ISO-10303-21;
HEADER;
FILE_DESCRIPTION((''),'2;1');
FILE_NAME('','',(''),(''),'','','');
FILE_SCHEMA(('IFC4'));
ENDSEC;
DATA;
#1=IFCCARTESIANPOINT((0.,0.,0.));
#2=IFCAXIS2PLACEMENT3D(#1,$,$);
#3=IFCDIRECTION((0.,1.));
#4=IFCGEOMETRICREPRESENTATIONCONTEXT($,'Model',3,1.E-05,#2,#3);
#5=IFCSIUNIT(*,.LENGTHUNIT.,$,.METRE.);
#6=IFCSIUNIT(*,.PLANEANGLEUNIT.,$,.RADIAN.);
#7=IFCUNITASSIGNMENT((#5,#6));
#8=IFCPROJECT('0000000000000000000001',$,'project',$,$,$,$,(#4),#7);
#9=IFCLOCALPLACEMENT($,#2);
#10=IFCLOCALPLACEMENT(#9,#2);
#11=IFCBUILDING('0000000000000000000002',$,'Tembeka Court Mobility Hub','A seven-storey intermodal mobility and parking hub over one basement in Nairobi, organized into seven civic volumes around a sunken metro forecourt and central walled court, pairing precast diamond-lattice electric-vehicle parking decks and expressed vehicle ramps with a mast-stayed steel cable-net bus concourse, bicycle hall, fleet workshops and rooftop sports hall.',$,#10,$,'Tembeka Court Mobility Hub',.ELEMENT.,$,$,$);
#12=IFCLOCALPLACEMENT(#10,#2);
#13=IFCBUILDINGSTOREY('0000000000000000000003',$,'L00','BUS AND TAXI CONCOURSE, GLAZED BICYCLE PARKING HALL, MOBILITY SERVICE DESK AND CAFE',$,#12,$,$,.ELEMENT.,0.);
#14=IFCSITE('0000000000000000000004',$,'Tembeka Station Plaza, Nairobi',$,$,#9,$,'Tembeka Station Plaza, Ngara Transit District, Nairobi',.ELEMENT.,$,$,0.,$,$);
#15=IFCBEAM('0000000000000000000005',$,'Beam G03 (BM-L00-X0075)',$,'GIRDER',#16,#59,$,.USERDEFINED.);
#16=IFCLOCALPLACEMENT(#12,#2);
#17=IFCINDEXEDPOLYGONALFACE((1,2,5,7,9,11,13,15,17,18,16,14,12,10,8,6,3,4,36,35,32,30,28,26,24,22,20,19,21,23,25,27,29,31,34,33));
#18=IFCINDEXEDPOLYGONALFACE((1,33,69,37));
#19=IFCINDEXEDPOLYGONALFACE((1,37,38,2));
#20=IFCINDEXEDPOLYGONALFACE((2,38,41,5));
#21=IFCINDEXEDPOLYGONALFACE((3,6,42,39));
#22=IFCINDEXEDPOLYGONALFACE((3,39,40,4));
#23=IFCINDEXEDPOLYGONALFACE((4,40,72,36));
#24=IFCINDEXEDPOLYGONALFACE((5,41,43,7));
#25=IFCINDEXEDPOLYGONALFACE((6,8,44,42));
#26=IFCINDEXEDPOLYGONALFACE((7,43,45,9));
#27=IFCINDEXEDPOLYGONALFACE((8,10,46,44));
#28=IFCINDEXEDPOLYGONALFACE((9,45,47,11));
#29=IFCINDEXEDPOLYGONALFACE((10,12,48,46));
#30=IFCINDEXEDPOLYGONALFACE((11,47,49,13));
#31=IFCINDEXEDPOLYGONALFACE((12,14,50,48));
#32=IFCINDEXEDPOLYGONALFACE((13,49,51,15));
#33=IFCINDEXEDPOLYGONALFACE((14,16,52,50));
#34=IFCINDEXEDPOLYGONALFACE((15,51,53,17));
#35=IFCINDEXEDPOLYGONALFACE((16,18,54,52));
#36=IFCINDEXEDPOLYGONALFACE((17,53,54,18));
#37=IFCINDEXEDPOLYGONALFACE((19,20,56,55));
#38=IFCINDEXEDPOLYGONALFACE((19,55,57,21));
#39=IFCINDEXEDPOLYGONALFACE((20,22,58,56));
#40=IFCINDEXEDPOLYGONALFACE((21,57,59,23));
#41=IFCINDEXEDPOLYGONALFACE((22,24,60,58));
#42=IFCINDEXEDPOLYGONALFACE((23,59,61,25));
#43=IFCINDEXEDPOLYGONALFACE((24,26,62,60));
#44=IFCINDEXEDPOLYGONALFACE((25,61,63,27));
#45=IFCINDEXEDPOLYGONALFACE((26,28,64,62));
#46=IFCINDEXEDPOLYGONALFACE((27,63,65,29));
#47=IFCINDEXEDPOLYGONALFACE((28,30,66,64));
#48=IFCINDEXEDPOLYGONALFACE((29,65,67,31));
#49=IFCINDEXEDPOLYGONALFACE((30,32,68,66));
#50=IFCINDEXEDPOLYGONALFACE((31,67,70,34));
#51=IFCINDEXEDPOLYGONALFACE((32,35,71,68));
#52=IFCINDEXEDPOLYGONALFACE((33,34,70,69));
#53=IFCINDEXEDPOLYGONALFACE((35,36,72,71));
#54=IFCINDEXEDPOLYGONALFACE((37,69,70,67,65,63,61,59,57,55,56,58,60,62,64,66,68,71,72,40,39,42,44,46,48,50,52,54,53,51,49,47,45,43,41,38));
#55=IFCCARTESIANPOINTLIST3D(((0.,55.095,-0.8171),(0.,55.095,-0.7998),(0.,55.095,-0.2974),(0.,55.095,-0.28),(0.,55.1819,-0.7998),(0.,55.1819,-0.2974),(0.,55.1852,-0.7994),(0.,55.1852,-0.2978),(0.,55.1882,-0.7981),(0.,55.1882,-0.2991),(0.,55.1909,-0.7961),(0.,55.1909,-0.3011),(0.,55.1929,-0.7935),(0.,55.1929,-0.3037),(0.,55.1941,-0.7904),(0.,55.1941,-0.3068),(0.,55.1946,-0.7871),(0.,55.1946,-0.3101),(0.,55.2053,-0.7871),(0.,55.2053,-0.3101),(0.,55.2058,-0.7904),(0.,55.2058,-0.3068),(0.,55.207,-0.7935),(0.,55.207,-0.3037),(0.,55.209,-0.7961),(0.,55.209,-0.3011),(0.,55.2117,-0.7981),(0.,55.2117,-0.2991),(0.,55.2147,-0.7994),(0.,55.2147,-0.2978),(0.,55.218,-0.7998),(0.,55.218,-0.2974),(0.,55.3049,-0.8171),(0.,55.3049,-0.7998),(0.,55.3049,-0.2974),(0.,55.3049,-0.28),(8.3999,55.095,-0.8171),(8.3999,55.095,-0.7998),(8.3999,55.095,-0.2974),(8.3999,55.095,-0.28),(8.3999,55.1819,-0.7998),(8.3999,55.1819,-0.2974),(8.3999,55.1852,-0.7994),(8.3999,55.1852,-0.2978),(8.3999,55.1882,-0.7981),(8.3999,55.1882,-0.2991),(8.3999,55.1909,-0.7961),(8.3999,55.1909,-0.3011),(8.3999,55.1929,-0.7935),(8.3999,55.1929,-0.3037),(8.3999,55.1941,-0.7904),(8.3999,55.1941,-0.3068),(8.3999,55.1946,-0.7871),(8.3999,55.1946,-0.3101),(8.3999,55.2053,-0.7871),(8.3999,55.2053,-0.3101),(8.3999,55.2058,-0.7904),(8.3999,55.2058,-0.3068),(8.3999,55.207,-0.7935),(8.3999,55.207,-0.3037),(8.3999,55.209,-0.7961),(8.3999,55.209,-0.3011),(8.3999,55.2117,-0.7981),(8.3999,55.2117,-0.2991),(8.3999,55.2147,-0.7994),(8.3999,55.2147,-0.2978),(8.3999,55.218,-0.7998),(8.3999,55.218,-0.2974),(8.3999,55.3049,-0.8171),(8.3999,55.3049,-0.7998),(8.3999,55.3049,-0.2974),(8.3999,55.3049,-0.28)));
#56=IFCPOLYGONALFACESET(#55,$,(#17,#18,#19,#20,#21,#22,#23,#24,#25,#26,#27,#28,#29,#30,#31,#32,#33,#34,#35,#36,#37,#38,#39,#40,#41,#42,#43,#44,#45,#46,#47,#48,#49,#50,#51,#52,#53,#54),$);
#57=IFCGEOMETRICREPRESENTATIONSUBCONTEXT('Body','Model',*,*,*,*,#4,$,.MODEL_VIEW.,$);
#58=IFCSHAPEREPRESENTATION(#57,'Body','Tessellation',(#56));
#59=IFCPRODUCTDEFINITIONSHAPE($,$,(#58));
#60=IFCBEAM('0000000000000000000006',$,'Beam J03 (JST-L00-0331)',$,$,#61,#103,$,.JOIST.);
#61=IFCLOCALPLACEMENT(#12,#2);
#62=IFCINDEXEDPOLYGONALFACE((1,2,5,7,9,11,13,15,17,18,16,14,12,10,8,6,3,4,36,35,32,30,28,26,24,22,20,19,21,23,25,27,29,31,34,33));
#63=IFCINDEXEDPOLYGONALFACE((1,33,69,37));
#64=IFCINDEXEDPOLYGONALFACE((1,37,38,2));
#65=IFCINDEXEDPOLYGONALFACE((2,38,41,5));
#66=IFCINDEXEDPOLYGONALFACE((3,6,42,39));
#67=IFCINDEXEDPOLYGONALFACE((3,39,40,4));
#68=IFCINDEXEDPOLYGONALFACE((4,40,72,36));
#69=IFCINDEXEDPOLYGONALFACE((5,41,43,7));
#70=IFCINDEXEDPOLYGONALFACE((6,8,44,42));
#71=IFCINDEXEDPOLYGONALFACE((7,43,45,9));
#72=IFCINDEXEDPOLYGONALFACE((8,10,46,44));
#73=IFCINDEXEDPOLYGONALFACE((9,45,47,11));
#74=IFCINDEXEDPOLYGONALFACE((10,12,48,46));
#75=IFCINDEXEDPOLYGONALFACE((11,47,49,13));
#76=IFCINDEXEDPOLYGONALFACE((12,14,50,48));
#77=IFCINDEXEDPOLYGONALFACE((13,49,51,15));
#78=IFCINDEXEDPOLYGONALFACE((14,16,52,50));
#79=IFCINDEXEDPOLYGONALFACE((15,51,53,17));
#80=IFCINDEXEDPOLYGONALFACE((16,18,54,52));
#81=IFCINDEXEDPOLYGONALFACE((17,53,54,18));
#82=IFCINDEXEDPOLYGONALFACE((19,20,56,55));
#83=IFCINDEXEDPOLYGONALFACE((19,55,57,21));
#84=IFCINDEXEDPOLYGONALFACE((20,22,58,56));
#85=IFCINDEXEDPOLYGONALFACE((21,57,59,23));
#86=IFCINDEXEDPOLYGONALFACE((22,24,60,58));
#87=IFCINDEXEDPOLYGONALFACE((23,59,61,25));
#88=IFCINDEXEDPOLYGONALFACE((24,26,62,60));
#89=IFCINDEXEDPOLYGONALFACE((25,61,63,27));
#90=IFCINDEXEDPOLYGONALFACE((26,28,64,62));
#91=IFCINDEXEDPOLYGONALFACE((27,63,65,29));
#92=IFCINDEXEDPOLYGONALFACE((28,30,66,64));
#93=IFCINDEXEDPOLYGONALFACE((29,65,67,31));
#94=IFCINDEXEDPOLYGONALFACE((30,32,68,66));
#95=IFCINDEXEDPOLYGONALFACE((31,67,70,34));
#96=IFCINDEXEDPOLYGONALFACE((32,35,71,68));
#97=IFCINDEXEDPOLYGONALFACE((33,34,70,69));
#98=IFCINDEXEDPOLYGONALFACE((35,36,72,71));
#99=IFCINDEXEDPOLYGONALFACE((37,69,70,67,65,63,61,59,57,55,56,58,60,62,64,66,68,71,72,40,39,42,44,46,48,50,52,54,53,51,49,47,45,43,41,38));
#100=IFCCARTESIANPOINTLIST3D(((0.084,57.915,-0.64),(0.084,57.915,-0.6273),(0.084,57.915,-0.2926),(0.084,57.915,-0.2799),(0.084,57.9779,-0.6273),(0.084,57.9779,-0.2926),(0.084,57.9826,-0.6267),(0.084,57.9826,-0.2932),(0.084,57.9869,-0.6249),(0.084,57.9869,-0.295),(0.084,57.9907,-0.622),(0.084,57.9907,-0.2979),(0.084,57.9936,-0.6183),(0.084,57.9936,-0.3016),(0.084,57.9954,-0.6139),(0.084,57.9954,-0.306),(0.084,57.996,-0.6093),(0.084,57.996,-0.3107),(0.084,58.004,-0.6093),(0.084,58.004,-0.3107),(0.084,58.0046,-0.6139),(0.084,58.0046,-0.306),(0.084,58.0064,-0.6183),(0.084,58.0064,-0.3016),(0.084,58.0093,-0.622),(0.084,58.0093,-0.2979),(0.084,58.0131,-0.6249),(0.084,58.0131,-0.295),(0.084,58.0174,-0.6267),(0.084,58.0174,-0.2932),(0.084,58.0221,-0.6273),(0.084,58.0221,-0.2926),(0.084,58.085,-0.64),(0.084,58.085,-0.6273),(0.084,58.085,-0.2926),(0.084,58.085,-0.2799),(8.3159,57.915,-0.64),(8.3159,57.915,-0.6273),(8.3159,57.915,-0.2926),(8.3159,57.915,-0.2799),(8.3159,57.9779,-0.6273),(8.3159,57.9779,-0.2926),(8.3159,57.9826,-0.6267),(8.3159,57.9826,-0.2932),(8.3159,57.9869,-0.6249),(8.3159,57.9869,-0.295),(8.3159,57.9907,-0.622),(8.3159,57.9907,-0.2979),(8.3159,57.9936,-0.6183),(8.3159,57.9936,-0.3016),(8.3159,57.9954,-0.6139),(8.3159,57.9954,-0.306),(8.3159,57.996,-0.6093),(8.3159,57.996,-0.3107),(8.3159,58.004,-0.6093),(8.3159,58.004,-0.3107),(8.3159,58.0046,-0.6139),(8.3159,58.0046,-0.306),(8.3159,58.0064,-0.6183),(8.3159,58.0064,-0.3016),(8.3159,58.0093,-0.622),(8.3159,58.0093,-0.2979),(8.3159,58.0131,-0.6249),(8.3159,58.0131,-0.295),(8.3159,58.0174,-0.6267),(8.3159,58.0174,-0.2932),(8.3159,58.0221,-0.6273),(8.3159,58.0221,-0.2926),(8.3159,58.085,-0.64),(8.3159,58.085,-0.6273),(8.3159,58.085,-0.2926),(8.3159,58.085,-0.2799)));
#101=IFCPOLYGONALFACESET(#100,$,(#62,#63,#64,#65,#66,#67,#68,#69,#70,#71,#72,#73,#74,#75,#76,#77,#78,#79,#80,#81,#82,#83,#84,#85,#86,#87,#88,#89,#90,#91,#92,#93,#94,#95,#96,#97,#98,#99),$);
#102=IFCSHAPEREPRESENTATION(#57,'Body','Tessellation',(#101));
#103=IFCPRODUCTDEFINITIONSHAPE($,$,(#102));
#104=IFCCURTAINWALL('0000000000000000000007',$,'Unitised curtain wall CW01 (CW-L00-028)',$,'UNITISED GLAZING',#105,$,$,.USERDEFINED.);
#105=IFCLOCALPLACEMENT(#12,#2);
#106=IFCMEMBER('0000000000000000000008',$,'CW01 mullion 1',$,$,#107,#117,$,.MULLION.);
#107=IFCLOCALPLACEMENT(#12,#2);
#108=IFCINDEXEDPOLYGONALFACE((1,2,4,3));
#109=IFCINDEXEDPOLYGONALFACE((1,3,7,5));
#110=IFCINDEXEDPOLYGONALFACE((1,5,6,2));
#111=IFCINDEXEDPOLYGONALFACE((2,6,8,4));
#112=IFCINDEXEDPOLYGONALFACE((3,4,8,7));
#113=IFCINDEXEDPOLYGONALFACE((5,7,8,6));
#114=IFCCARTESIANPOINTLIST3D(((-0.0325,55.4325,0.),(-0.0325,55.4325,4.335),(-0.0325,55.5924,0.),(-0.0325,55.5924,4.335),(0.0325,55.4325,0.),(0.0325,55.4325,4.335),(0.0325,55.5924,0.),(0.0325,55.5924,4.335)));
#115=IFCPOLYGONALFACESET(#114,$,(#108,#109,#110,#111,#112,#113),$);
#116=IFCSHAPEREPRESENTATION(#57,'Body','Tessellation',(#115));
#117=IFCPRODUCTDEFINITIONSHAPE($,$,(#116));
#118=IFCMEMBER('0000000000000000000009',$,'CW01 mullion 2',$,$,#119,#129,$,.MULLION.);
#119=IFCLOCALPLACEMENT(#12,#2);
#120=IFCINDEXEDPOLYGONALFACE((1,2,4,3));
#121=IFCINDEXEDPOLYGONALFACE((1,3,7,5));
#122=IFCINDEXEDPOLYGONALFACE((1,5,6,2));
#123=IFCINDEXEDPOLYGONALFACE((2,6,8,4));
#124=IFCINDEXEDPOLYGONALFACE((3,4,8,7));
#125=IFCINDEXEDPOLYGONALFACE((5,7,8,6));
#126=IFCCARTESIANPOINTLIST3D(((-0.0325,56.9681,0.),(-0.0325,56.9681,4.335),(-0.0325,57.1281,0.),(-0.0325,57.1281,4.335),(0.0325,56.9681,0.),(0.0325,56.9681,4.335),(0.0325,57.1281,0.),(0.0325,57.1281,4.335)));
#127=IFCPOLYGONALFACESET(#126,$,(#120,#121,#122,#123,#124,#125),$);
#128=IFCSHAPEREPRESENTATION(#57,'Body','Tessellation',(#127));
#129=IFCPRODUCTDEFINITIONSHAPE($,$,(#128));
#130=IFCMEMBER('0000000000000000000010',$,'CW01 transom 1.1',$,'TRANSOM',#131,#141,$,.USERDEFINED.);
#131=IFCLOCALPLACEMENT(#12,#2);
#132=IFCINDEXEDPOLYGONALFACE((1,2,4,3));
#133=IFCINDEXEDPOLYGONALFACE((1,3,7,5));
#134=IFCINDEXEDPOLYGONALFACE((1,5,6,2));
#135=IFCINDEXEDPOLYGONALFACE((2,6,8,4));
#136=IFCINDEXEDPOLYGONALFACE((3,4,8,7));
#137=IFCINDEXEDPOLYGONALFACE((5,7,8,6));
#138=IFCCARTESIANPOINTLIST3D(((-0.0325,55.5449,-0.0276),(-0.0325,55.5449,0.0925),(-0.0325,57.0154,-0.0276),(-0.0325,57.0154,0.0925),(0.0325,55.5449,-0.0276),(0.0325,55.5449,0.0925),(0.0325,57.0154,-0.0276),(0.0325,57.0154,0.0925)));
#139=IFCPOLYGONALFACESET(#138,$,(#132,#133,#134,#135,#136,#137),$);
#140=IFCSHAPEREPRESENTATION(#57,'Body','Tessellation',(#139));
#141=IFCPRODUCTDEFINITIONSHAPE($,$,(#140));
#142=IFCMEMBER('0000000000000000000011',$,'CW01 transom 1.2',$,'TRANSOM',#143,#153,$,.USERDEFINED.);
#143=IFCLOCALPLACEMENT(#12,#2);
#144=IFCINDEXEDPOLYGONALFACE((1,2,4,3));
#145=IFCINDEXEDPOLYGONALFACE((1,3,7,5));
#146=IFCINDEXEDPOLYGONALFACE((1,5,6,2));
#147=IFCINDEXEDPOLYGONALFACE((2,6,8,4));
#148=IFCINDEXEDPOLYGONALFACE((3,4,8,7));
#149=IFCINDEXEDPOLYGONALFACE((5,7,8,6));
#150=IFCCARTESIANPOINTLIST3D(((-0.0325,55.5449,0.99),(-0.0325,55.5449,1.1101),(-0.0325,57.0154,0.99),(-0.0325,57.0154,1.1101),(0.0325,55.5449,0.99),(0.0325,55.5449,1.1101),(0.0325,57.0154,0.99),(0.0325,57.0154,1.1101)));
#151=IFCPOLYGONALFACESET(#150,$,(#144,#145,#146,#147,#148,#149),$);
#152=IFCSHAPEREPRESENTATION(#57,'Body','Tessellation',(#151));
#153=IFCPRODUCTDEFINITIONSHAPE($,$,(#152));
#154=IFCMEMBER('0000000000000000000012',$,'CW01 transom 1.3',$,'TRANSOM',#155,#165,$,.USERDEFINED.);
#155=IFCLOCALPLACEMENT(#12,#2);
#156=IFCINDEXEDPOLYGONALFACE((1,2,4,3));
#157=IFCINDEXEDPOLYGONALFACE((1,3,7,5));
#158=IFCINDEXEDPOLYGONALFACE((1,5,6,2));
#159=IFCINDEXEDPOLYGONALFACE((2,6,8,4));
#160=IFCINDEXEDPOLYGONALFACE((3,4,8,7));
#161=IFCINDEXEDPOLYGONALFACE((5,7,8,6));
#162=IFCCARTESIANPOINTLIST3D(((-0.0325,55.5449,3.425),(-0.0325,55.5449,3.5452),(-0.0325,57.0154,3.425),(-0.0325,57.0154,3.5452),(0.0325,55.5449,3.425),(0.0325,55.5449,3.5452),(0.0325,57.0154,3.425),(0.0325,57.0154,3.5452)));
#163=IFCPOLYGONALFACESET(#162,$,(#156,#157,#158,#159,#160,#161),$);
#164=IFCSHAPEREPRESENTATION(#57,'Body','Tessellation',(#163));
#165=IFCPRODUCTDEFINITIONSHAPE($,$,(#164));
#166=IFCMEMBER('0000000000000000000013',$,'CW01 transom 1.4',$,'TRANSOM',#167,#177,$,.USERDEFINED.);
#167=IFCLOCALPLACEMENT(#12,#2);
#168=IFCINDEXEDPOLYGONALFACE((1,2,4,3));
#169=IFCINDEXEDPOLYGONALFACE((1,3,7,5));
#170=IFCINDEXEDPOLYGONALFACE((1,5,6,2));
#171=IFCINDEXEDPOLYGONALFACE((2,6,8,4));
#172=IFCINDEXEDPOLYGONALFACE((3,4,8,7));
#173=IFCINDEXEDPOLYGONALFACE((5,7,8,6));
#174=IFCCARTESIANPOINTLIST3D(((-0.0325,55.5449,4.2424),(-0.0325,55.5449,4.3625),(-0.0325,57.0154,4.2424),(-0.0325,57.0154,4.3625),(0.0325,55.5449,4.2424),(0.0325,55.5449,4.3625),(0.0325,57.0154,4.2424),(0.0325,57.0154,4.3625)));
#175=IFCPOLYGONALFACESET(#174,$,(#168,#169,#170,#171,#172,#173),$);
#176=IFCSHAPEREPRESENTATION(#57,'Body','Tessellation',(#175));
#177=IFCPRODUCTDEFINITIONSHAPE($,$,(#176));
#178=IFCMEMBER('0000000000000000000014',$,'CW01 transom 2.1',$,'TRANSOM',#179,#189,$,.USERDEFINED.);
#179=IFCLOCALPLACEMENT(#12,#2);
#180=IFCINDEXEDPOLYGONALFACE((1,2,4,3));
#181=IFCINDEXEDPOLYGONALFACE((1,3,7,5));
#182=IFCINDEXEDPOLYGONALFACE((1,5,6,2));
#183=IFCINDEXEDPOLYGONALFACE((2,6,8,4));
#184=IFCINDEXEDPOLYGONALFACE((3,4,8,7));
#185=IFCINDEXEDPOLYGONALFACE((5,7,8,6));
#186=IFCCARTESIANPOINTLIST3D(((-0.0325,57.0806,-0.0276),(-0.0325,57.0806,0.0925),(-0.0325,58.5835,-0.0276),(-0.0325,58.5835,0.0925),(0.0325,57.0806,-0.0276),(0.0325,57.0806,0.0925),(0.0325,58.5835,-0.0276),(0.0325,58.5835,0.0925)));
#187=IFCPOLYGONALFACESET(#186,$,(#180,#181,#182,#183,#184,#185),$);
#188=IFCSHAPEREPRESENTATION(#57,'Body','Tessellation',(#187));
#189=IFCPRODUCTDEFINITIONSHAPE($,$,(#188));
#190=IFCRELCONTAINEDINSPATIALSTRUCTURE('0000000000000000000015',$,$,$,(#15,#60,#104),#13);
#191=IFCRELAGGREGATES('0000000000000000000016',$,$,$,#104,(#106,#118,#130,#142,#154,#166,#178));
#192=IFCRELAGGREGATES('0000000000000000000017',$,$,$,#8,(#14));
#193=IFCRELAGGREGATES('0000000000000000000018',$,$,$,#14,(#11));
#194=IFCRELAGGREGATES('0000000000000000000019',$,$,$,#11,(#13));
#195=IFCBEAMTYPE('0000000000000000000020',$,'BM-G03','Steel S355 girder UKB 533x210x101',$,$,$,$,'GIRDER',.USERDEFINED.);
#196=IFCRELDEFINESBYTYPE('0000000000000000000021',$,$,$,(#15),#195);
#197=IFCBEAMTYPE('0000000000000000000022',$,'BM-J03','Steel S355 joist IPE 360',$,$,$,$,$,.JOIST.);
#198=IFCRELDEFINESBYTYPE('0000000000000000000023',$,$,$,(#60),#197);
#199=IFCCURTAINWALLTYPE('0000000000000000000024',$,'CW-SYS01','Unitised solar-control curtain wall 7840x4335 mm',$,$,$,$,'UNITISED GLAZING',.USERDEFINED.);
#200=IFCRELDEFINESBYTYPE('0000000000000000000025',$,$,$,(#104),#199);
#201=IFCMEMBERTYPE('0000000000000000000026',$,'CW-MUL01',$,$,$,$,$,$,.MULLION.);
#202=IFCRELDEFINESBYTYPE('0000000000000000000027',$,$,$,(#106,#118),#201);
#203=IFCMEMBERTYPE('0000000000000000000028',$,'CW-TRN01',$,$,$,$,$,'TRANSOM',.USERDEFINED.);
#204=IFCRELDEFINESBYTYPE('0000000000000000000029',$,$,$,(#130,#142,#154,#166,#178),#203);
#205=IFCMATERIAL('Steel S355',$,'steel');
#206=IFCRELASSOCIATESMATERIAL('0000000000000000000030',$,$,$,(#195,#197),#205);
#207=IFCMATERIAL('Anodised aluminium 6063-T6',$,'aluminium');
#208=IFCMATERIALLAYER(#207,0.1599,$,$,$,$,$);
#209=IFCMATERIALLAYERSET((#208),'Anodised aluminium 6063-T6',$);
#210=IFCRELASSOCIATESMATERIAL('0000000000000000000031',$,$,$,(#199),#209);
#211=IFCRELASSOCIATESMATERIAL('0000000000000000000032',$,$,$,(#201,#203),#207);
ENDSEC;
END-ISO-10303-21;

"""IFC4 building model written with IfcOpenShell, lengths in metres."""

from ifc_helpers import new_model, si_unit, direction, frame, origin, origin_2d, place, context, subcontext, project, spatial, rectangle, i_section, extrude, material, layer, layer_set, material_profile, profile_set, type_object, element, aggregate, save


model = new_model("IFC4")

# Units and contexts
model_context = context("Model", 3, precision=1e-05, world=origin(), true_north=direction((0.0, 1.0)))
body_context = subcontext(model_context, "Body", "Model", "MODEL_VIEW")
ifc_project = project(units=[si_unit("LENGTHUNIT", "METRE"), si_unit("PLANEANGLEUNIT", "RADIAN")], contexts=[model_context])

# Site, building, storey
site_placement = place(None, origin())
site = spatial("IfcSite", under=ifc_project, at=site_placement, Name="Tembeka Station Plaza, Nairobi", LongName="Tembeka Station Plaza, Ngara Transit District, Nairobi", CompositionType="ELEMENT", RefElevation=0.0)
building_placement = place(site_placement, origin())
building = spatial("IfcBuilding", under=site, at=building_placement, Name="Tembeka Court Mobility Hub", Description="A seven-storey intermodal mobility and parking hub over one basement in Nairobi, organized into seven civic volumes around a sunken metro forecourt and central walled court, pairing precast diamond-lattice electric-vehicle parking decks and expressed vehicle ramps with a mast-stayed steel cable-net bus concourse, bicycle hall, fleet workshops and rooftop sports hall.", LongName="Tembeka Court Mobility Hub", CompositionType="ELEMENT")
storey_placement = place(building_placement, origin())
storey = spatial("IfcBuildingStorey", under=building, at=storey_placement, Name="L00", Description="BUS AND TAXI CONCOURSE, GLAZED BICYCLE PARKING HALL, MOBILITY SERVICE DESK AND CAFE", CompositionType="ELEMENT", Elevation=0.0)

# Shared definitions
ifc_material_1 = material(Name="Steel S355", Category="steel")

# Beams
ifc_material_profile_1 = material_profile(ifc_material_1, i_section(OverallWidth=0.21, OverallDepth=0.5371, WebThickness=0.0107, FlangeThickness=0.0173, FilletRadius=0.0127, at=origin_2d()), Name="UKB 533x210x101")
ifc_profile_set_1 = profile_set([ifc_material_profile_1], Name="Steel S355")
beam_type_1 = type_object("IfcBeamType", Name="BM-G03", Description="Steel S355 girder UKB 533x210x101", ElementType="GIRDER", PredefinedType="USERDEFINED", material=ifc_profile_set_1)
beam_1_placement = place(storey_placement, frame((0.0, 55.2, -0.5486), z_axis=(1.0, 0.0, 0.0), x_axis=(0.0, 1.0, 0.0)))
element("IfcBeam", 1, at=beam_1_placement, inside=storey, type_object=beam_type_1, Name="Beam G03 (BM-L00-X0075)", ObjectType="GIRDER", PredefinedType="USERDEFINED", context=body_context, shape_type="SweptSolid", body=[
    extrude(i_section(OverallWidth=0.21, OverallDepth=0.5371, WebThickness=0.0107, FlangeThickness=0.0173, FilletRadius=0.0127, at=origin_2d()), origin(), (0.0, 0.0, 1.0), 8.3999),
])
ifc_material_profile_2 = material_profile(ifc_material_1, i_section(OverallWidth=0.1699, OverallDepth=0.3601, WebThickness=0.0081, FlangeThickness=0.0127, FilletRadius=0.0181, at=origin_2d()), Name="IPE 360")
ifc_profile_set_2 = profile_set([ifc_material_profile_2], Name="Steel S355")
beam_type_2 = type_object("IfcBeamType", Name="BM-J03", Description="Steel S355 joist IPE 360", PredefinedType="JOIST", material=ifc_profile_set_2)
beam_2_placement = place(storey_placement, frame((0.084, 58.0, -0.46), z_axis=(1.0, 0.0, 0.0), x_axis=(0.0, 1.0, 0.0)))
element("IfcBeam", 2, at=beam_2_placement, inside=storey, type_object=beam_type_2, Name="Beam J03 (JST-L00-0331)", PredefinedType="JOIST", context=body_context, shape_type="SweptSolid", body=[
    extrude(i_section(OverallWidth=0.1699, OverallDepth=0.3601, WebThickness=0.0081, FlangeThickness=0.0127, FilletRadius=0.0181, at=origin_2d()), origin(), (0.0, 0.0, 1.0), 8.2319),
])

# Curtain wall, members
ifc_material_2 = material(Name="Anodised aluminium 6063-T6", Category="aluminium")
ifc_layer_1 = layer(ifc_material_2, 0.1599)
ifc_layer_set_1 = layer_set([ifc_layer_1], Name="Anodised aluminium 6063-T6")
curtain_wall_type = type_object("IfcCurtainWallType", Name="CW-SYS01", Description="Unitised solar-control curtain wall 7840x4335 mm", ElementType="UNITISED GLAZING", PredefinedType="USERDEFINED", material=ifc_layer_set_1)
curtain_wall_placement = place(storey_placement, origin())
curtain_wall = element("IfcCurtainWall", 3, at=curtain_wall_placement, inside=storey, type_object=curtain_wall_type, Name="Unitised curtain wall CW01 (CW-L00-028)", ObjectType="UNITISED GLAZING", PredefinedType="USERDEFINED")
ifc_material_profile_3 = material_profile(ifc_material_2, rectangle(XDim=0.0649, YDim=0.1599, at=origin_2d()), Name="ALU-MUL 65x160")
ifc_profile_set_3 = profile_set([ifc_material_profile_3], Name="Anodised aluminium 6063-T6")
member_type_1 = type_object("IfcMemberType", Name="CW-MUL01", PredefinedType="MULLION", material=ifc_profile_set_3)
member_1_placement = place(storey_placement, frame((0.0, 55.5125, 0.0), z_axis=(0.0, 0.0, 1.0), x_axis=(-1.0, 0.0, 0.0)))
member_1 = element("IfcMember", 4, at=member_1_placement, type_object=member_type_1, Name="CW01 mullion 1", PredefinedType="MULLION", context=body_context, shape_type="SweptSolid", body=[
    extrude(rectangle(XDim=0.0649, YDim=0.1599, at=origin_2d()), origin(), (0.0, 0.0, 1.0), 4.335),
])
member_2_placement = place(storey_placement, frame((0.0, 57.0481, 0.0), z_axis=(0.0, 0.0, 1.0), x_axis=(-1.0, 0.0, 0.0)))
member_2 = element("IfcMember", 5, at=member_2_placement, type_object=member_type_1, Name="CW01 mullion 2", PredefinedType="MULLION", context=body_context, shape_type="SweptSolid", body=[
    extrude(rectangle(XDim=0.0649, YDim=0.1599, at=origin_2d()), origin(), (0.0, 0.0, 1.0), 4.335),
])
ifc_material_profile_4 = material_profile(ifc_material_2, rectangle(XDim=0.0649, YDim=0.1201, at=origin_2d()), Name="ALU-TRN 65x120")
ifc_profile_set_4 = profile_set([ifc_material_profile_4], Name="Anodised aluminium 6063-T6")
member_type_2 = type_object("IfcMemberType", Name="CW-TRN01", ElementType="TRANSOM", PredefinedType="USERDEFINED", material=ifc_profile_set_4)
member_3_placement = place(storey_placement, frame((0.0, 55.5449, 0.0325), z_axis=(0.0, 1.0, 0.0), x_axis=(-1.0, 0.0, 0.0)))
member_3 = element("IfcMember", 6, at=member_3_placement, type_object=member_type_2, Name="CW01 transom 1.1", ObjectType="TRANSOM", PredefinedType="USERDEFINED", context=body_context, shape_type="SweptSolid", body=[
    extrude(rectangle(XDim=0.0649, YDim=0.1201, at=origin_2d()), origin(), (0.0, 0.0, 1.0), 1.4705),
])
member_4_placement = place(storey_placement, frame((0.0, 55.5449, 1.05), z_axis=(0.0, 1.0, 0.0), x_axis=(-1.0, 0.0, 0.0)))
member_4 = element("IfcMember", 7, at=member_4_placement, type_object=member_type_2, Name="CW01 transom 1.2", ObjectType="TRANSOM", PredefinedType="USERDEFINED", context=body_context, shape_type="SweptSolid", body=[
    extrude(rectangle(XDim=0.0649, YDim=0.1201, at=origin_2d()), origin(), (0.0, 0.0, 1.0), 1.4705),
])
member_5_placement = place(storey_placement, frame((0.0, 55.5449, 3.4851), z_axis=(0.0, 1.0, 0.0), x_axis=(-1.0, 0.0, 0.0)))
member_5 = element("IfcMember", 8, at=member_5_placement, type_object=member_type_2, Name="CW01 transom 1.3", ObjectType="TRANSOM", PredefinedType="USERDEFINED", context=body_context, shape_type="SweptSolid", body=[
    extrude(rectangle(XDim=0.0649, YDim=0.1201, at=origin_2d()), origin(), (0.0, 0.0, 1.0), 1.4705),
])
member_6_placement = place(storey_placement, frame((0.0, 55.5449, 4.3025), z_axis=(0.0, 1.0, 0.0), x_axis=(-1.0, 0.0, 0.0)))
member_6 = element("IfcMember", 9, at=member_6_placement, type_object=member_type_2, Name="CW01 transom 1.4", ObjectType="TRANSOM", PredefinedType="USERDEFINED", context=body_context, shape_type="SweptSolid", body=[
    extrude(rectangle(XDim=0.0649, YDim=0.1201, at=origin_2d()), origin(), (0.0, 0.0, 1.0), 1.4705),
])
member_7_placement = place(storey_placement, frame((0.0, 57.0806, 0.0325), z_axis=(0.0, 1.0, 0.0), x_axis=(-1.0, 0.0, 0.0)))
member_7 = element("IfcMember", 10, at=member_7_placement, type_object=member_type_2, Name="CW01 transom 2.1", ObjectType="TRANSOM", PredefinedType="USERDEFINED", context=body_context, shape_type="SweptSolid", body=[
    extrude(rectangle(XDim=0.0649, YDim=0.1201, at=origin_2d()), origin(), (0.0, 0.0, 1.0), 1.5029),
])
aggregate(curtain_wall, [member_1, member_2, member_3, member_4, member_5, member_6, member_7])

save(model, "model.ifc")
